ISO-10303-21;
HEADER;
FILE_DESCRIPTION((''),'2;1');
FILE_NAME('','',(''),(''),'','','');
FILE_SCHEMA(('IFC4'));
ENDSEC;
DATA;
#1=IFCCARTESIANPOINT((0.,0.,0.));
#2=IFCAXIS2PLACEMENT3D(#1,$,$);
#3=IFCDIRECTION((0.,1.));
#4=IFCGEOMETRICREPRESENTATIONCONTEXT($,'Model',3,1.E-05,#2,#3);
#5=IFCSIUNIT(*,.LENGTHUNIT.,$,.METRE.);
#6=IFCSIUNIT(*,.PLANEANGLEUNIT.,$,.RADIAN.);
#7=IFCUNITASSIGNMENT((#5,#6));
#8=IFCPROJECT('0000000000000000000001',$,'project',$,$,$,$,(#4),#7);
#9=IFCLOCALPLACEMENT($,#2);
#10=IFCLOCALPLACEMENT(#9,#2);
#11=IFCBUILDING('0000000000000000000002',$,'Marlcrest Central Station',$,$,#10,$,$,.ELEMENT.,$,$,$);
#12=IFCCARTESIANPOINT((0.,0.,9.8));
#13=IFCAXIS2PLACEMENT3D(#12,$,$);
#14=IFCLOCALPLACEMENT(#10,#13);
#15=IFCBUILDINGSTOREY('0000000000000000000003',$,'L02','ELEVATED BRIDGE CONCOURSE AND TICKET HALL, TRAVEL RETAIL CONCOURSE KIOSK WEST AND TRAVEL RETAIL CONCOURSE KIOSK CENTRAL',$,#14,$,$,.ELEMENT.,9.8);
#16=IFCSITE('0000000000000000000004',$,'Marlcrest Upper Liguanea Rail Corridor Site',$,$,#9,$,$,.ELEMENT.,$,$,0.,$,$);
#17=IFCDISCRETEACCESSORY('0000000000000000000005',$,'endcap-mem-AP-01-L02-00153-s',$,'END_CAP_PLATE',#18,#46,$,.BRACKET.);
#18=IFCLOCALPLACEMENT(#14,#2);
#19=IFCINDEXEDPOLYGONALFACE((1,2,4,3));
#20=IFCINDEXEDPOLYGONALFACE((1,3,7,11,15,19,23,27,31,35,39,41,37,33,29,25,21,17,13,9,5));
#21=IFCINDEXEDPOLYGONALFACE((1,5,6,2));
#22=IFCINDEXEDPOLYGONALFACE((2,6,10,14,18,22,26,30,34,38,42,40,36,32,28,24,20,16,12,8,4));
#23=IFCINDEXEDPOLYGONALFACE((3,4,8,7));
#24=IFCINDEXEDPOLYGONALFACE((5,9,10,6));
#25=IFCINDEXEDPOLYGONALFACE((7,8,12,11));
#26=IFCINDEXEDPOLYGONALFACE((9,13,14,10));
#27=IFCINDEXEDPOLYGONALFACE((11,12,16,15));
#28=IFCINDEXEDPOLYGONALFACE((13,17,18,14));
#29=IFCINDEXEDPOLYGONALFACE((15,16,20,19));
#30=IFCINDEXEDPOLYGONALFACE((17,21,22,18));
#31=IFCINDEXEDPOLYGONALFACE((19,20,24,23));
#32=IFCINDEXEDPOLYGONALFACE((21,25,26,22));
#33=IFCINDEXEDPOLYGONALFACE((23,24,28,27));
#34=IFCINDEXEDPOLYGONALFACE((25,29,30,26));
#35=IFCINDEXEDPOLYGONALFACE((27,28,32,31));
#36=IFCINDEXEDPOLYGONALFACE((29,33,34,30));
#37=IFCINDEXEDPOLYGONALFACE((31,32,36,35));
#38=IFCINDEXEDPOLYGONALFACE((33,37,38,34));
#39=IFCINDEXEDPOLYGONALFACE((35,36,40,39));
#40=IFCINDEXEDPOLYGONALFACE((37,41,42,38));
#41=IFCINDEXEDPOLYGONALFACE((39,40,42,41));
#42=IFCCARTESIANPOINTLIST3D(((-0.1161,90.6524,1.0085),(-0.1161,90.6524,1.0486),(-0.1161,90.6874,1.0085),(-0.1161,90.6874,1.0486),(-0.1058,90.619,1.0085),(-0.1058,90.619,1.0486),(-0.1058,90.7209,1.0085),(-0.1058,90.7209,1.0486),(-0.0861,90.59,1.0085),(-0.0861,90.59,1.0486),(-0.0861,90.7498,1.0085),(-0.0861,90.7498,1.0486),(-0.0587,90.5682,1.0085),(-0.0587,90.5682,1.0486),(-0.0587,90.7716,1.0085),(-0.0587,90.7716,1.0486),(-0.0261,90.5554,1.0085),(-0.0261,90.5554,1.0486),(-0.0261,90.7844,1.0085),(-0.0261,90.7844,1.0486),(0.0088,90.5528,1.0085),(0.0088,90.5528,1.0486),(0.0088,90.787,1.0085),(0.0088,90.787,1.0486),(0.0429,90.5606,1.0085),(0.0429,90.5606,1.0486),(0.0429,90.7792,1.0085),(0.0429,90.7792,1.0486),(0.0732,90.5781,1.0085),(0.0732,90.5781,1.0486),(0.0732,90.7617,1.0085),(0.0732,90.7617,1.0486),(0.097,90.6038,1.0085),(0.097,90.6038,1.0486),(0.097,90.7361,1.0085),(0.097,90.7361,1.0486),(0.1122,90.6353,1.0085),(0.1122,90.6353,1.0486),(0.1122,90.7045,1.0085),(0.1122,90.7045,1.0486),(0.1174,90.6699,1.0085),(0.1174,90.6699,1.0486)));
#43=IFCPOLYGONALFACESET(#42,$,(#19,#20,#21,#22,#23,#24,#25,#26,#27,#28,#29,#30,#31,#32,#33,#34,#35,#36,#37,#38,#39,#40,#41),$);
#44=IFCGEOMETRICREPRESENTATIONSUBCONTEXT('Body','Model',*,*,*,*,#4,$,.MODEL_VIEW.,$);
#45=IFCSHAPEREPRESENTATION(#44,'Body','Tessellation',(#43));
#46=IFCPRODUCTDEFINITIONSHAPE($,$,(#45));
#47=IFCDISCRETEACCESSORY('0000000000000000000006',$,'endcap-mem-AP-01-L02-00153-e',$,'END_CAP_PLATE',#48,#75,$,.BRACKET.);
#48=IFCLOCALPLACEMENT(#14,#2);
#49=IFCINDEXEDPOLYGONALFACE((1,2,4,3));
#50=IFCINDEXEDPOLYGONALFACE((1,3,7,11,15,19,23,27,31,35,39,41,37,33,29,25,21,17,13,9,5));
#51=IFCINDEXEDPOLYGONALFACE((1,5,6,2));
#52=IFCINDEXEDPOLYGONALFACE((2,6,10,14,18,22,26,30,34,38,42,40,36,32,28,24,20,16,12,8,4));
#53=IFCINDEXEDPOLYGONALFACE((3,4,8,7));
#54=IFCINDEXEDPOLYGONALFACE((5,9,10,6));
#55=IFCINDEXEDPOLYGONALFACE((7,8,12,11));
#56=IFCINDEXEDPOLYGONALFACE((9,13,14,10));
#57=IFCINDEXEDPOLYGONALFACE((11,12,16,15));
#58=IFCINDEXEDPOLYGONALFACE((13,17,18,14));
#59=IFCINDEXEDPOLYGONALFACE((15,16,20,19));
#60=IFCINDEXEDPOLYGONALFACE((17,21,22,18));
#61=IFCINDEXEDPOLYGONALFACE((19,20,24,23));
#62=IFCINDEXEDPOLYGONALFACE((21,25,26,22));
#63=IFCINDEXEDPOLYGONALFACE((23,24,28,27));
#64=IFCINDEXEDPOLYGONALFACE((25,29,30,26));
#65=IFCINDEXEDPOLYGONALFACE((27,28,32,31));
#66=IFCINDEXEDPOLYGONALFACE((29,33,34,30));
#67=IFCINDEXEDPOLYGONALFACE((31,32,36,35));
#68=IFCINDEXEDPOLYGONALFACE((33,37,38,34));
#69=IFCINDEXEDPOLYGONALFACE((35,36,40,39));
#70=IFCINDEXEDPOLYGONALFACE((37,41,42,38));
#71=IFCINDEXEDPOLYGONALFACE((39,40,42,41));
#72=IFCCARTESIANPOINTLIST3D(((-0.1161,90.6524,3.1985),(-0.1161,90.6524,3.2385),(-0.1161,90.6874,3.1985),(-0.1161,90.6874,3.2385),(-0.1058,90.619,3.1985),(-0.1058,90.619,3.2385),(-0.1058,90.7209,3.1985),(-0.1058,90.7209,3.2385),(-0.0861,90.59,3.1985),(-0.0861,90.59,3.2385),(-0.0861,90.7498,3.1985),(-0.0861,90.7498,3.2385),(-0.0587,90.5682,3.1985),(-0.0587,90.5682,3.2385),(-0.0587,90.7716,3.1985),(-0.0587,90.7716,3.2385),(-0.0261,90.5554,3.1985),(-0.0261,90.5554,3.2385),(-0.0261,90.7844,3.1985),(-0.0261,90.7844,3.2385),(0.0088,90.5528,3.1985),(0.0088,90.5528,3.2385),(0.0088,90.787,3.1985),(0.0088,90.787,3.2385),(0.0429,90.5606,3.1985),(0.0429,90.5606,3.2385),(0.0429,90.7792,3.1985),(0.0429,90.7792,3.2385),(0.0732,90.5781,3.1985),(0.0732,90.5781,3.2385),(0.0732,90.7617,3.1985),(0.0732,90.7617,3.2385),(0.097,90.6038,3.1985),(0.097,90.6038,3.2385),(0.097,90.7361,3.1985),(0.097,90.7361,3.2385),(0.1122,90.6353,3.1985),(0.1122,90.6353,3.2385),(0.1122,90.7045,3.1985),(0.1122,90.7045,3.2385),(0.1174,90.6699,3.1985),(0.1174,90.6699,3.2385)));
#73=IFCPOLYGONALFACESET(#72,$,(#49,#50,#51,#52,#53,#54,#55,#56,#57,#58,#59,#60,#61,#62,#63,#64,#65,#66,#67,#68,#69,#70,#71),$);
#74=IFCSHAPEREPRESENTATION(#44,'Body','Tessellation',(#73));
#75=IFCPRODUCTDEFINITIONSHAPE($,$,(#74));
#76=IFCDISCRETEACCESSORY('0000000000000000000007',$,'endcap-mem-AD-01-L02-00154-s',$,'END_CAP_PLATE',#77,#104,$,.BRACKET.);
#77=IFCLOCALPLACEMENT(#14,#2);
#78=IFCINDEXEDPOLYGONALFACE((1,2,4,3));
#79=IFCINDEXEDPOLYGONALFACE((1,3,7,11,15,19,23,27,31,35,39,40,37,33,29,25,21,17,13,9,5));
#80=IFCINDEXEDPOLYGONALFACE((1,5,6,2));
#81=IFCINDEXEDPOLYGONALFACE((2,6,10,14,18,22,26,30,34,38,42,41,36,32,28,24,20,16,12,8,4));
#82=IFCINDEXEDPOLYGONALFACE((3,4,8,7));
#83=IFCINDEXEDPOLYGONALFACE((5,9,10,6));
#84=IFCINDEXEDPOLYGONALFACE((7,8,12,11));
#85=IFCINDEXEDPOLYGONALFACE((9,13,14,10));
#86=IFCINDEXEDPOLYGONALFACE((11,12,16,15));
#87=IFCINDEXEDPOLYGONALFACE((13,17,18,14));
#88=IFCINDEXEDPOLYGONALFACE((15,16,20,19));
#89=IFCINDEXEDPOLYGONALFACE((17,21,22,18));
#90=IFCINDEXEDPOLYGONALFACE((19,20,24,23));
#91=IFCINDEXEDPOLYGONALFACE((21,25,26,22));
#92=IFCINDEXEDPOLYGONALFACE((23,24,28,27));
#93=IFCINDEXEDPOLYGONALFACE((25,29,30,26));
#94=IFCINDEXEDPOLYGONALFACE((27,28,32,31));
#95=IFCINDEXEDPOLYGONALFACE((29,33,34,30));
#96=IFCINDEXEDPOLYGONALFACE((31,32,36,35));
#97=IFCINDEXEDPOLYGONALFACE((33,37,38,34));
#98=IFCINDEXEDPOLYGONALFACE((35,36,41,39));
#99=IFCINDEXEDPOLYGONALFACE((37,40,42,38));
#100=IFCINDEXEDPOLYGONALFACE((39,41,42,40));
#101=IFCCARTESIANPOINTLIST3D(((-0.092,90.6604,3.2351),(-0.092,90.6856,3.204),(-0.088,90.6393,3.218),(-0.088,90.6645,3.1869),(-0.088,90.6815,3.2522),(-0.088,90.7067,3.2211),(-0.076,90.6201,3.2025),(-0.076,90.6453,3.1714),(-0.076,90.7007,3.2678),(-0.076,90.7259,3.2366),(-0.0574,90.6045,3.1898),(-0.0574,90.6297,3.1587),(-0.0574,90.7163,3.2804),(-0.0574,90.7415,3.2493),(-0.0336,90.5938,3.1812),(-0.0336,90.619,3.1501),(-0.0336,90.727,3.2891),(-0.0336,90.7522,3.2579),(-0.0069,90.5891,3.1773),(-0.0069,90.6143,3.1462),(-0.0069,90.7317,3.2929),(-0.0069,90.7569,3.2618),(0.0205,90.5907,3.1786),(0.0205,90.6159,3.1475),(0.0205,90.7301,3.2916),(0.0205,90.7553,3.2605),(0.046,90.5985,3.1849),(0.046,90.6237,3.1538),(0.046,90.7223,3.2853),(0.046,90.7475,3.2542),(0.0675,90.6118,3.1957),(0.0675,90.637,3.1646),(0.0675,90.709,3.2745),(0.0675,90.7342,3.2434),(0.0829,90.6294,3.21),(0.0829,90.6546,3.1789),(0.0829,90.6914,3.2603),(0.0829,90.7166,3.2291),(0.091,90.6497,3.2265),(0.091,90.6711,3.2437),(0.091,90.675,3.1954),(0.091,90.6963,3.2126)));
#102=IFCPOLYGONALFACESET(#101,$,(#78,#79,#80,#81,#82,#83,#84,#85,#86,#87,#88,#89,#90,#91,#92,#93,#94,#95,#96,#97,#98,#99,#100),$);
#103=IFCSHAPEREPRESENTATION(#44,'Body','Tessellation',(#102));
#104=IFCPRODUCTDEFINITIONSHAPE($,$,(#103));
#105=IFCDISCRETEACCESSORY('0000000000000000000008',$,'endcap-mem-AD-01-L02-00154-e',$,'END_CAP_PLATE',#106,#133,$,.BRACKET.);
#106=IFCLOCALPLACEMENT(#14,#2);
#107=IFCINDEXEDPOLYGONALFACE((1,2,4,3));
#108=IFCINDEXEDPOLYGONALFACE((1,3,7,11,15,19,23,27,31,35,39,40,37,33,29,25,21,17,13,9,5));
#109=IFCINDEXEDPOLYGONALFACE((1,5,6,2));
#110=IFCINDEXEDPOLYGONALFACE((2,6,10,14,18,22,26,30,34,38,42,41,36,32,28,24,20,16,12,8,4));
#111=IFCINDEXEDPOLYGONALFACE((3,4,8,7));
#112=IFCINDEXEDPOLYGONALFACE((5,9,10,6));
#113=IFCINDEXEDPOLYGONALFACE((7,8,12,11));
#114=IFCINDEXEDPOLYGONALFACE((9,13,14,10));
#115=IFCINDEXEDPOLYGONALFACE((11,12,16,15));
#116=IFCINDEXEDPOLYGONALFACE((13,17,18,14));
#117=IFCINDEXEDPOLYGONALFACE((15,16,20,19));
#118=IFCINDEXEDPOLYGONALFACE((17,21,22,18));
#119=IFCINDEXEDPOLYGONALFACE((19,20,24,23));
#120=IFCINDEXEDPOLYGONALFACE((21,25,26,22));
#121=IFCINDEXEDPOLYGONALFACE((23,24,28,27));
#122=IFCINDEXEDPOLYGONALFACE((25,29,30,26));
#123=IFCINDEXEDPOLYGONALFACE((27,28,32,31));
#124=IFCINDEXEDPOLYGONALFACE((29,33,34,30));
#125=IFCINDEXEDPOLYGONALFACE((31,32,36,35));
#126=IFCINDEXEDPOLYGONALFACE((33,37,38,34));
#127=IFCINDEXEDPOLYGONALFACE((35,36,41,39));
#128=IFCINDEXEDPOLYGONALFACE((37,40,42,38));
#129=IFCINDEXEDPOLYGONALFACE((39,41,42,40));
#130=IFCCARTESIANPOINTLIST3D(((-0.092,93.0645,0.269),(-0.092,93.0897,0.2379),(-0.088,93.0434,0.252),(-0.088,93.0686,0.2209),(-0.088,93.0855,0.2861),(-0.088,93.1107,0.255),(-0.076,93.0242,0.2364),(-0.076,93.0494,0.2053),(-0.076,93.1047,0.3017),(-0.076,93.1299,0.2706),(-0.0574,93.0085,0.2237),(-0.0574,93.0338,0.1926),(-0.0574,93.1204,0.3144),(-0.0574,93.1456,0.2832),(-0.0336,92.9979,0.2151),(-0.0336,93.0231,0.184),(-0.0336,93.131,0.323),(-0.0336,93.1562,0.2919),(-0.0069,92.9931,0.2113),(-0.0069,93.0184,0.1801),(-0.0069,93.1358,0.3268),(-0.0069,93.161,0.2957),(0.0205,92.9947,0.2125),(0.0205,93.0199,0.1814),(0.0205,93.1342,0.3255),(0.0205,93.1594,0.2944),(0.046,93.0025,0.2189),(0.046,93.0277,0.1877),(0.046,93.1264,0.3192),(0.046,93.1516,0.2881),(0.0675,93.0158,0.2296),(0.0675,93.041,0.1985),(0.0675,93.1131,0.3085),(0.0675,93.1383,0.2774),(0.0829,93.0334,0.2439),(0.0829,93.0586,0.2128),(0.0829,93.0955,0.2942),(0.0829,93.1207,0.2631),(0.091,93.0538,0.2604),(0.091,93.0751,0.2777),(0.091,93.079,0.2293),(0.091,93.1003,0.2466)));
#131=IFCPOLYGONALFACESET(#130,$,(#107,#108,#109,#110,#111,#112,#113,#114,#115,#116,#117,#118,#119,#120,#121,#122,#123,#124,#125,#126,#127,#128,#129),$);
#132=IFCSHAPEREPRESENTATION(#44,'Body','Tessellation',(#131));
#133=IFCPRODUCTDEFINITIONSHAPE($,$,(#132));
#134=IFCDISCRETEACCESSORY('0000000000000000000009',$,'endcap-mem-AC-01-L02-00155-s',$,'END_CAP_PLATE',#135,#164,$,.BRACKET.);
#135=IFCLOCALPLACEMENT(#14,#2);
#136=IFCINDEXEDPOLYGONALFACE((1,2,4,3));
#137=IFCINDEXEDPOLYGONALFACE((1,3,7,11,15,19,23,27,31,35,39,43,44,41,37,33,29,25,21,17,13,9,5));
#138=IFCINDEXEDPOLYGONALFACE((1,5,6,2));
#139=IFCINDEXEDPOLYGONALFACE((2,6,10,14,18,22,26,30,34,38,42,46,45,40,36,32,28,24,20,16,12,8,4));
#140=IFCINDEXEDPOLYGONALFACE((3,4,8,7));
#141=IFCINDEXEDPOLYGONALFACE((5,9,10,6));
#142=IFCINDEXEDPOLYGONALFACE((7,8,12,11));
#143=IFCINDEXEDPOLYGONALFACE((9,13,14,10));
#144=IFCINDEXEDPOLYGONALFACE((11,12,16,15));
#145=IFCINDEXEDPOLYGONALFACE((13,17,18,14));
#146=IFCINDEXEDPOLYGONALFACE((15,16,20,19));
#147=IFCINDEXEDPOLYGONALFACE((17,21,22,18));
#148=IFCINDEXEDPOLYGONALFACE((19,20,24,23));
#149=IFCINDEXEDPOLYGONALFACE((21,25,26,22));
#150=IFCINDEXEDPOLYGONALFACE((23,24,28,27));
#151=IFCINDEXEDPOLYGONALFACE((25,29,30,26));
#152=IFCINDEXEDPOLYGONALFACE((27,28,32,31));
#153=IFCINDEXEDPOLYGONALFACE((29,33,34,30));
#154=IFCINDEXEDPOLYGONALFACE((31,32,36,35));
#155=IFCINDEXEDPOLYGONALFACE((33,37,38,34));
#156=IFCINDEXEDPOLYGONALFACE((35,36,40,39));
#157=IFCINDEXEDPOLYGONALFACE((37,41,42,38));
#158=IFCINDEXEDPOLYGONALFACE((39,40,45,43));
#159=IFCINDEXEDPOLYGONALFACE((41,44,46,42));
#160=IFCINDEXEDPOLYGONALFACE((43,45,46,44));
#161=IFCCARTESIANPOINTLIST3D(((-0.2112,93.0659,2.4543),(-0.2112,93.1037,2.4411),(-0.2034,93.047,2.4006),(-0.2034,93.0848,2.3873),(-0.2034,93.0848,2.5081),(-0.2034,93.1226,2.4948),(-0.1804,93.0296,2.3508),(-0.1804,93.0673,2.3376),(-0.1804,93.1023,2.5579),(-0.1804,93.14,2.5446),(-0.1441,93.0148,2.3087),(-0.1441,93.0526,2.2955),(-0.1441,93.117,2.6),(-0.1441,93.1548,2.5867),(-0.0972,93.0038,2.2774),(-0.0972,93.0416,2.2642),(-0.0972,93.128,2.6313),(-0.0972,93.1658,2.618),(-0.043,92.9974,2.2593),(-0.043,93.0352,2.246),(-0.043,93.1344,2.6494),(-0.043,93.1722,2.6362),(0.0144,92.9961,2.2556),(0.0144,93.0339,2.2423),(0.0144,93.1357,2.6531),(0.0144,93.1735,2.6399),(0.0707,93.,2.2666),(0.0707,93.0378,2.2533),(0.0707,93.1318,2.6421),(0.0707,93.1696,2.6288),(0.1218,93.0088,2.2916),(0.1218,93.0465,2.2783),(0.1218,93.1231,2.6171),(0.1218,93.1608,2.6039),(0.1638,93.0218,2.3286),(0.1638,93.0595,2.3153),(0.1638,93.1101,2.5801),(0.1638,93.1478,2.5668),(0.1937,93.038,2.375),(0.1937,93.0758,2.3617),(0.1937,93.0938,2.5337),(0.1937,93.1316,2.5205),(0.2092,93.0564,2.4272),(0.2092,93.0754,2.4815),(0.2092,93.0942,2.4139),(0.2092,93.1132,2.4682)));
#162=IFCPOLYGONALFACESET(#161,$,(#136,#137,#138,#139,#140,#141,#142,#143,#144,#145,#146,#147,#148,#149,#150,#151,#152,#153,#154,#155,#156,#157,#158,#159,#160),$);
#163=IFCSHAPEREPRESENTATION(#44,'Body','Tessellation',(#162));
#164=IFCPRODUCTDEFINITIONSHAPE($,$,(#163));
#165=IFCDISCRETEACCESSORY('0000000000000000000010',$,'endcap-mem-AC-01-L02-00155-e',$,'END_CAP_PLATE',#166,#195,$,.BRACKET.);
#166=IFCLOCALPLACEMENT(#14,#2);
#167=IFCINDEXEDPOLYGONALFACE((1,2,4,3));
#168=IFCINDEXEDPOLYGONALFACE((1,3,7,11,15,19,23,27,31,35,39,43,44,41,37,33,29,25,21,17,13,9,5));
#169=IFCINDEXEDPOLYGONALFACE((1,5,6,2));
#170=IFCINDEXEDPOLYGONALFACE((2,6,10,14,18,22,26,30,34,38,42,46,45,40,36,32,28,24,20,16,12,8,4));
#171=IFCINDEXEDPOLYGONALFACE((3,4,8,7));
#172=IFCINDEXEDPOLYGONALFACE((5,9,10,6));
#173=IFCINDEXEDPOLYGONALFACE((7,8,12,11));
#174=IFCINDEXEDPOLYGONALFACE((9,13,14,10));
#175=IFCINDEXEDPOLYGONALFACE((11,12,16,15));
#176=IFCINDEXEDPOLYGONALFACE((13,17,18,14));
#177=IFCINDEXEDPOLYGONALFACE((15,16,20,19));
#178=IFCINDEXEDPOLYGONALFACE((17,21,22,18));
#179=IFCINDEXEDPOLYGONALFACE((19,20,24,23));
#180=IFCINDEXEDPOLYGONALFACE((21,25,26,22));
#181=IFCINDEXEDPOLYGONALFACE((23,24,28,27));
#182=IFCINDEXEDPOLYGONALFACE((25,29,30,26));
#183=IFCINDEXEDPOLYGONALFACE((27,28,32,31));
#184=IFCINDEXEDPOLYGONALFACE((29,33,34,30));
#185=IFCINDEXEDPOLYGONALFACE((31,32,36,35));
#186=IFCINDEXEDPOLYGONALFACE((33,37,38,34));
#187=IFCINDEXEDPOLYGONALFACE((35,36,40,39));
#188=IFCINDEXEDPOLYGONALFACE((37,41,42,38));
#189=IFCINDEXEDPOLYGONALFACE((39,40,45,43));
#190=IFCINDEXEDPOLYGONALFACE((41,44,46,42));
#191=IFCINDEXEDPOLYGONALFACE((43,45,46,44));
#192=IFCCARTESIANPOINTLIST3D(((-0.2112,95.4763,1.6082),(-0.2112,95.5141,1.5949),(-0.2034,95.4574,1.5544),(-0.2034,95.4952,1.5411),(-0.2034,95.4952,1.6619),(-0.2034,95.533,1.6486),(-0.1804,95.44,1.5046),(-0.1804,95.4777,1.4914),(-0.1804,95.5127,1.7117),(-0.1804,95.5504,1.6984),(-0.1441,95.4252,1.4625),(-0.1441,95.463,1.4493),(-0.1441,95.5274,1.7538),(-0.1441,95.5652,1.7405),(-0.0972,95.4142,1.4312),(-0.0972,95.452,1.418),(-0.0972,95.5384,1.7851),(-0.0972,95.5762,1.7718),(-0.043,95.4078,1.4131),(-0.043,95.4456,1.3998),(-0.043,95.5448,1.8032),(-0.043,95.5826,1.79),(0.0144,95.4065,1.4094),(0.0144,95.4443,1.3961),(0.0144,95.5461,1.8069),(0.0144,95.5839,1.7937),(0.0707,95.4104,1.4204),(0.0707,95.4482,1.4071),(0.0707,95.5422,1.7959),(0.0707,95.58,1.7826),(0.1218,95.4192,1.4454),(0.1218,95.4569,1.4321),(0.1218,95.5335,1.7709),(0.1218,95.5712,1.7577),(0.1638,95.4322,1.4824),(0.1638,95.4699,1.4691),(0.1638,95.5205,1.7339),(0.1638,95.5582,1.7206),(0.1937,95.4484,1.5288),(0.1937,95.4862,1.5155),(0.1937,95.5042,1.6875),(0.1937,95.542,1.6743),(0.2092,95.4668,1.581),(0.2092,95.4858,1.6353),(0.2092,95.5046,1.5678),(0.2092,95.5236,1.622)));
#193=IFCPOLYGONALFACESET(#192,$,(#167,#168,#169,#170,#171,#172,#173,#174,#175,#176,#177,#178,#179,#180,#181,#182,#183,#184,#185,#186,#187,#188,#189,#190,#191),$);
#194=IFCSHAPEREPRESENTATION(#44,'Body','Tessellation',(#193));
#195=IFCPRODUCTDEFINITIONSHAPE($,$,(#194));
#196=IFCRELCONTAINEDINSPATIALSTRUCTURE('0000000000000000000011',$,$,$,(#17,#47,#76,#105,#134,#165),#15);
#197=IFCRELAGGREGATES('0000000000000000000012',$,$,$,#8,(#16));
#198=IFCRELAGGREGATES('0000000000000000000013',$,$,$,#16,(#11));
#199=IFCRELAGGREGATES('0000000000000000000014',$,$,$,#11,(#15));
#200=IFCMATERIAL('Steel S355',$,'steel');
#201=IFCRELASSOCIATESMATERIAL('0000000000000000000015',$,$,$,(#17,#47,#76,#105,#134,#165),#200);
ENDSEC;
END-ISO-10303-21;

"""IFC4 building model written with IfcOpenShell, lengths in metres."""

from ifc_helpers import new_model, si_unit, direction, frame, origin, origin_2d, place, context, subcontext, project, spatial, circle, extrude, material, element, save


model = new_model("IFC4")

# Units and contexts
model_context = context("Model", 3, precision=1e-05, world=origin(), true_north=direction((0.0, 1.0)))
body_context = subcontext(model_context, "Body", "Model", "MODEL_VIEW")
ifc_project = project(units=[si_unit("LENGTHUNIT", "METRE"), si_unit("PLANEANGLEUNIT", "RADIAN")], contexts=[model_context])

# Site, building, storey
site_placement = place(None, origin())
site = spatial("IfcSite", under=ifc_project, at=site_placement, Name="Marlcrest Upper Liguanea Rail Corridor Site", CompositionType="ELEMENT", RefElevation=0.0)
building_placement = place(site_placement, origin())
building = spatial("IfcBuilding", under=site, at=building_placement, Name="Marlcrest Central Station", CompositionType="ELEMENT")
storey_placement = place(building_placement, frame((0.0, 0.0, 9.8)))
storey = spatial("IfcBuildingStorey", under=building, at=storey_placement, Name="L02", Description="ELEVATED BRIDGE CONCOURSE AND TICKET HALL, TRAVEL RETAIL CONCOURSE KIOSK WEST AND TRAVEL RETAIL CONCOURSE KIOSK CENTRAL", CompositionType="ELEMENT", Elevation=9.8)

# Shared definitions
ifc_material = material(Name="Steel S355", Category="steel")

# Discrete accessories
for number, where, z_axis, x_axis, name in (
    (1, (0.0, 90.6699, 1.0085), (0.0, 0.0, 1.0), (1.0, 0.0, 0.0), "endcap-mem-AP-01-L02-00153-s"),
    (2, (0.0, 90.6699, 3.1985), (0.0, 0.0, 1.0), (1.0, 0.0, 0.0), "endcap-mem-AP-01-L02-00153-e"),
):
    element("IfcDiscreteAccessory", number, at=place(storey_placement, frame(where, z_axis=z_axis, x_axis=x_axis)), inside=storey, material=ifc_material, Name=name, ObjectType="END_CAP_PLATE", PredefinedType="BRACKET", context=body_context, shape_type="SweptSolid", body=[
        extrude(circle(Radius=0.1174, at=origin_2d()), origin(), (0.0, 0.0, 1.0), 0.04),
    ])
for number, where, z_axis, x_axis, name in (
    (3, (0.0, 90.6604, 3.2351), (0.0, 0.629629, -0.776896), (-1.0, 0.0, 0.0), "endcap-mem-AD-01-L02-00154-s"),
    (4, (0.0, 93.0645, 0.269), (0.0, 0.629629, -0.776896), (-1.0, 0.0, 0.0), "endcap-mem-AD-01-L02-00154-e"),
):
    element("IfcDiscreteAccessory", number, at=place(storey_placement, frame(where, z_axis=z_axis, x_axis=x_axis)), inside=storey, material=ifc_material, Name=name, ObjectType="END_CAP_PLATE", PredefinedType="BRACKET", context=body_context, shape_type="SweptSolid", body=[
        extrude(circle(Radius=0.092, at=origin_2d()), origin(), (0.0, 0.0, 1.0), 0.04),
    ])
for number, where, z_axis, x_axis, name in (
    (5, (0.0, 93.0659, 2.4543), (0.0, 0.943537, -0.331266), (-1.0, 0.0, 0.0), "endcap-mem-AC-01-L02-00155-s"),
    (6, (0.0, 95.4763, 1.6082), (0.0, 0.943537, -0.331266), (-1.0, 0.0, 0.0), "endcap-mem-AC-01-L02-00155-e"),
):
    element("IfcDiscreteAccessory", number, at=place(storey_placement, frame(where, z_axis=z_axis, x_axis=x_axis)), inside=storey, material=ifc_material, Name=name, ObjectType="END_CAP_PLATE", PredefinedType="BRACKET", context=body_context, shape_type="SweptSolid", body=[
        extrude(circle(Radius=0.2112, at=origin_2d()), origin(), (0.0, 0.0, 1.0), 0.04),
    ])

save(model, "model.ifc")
